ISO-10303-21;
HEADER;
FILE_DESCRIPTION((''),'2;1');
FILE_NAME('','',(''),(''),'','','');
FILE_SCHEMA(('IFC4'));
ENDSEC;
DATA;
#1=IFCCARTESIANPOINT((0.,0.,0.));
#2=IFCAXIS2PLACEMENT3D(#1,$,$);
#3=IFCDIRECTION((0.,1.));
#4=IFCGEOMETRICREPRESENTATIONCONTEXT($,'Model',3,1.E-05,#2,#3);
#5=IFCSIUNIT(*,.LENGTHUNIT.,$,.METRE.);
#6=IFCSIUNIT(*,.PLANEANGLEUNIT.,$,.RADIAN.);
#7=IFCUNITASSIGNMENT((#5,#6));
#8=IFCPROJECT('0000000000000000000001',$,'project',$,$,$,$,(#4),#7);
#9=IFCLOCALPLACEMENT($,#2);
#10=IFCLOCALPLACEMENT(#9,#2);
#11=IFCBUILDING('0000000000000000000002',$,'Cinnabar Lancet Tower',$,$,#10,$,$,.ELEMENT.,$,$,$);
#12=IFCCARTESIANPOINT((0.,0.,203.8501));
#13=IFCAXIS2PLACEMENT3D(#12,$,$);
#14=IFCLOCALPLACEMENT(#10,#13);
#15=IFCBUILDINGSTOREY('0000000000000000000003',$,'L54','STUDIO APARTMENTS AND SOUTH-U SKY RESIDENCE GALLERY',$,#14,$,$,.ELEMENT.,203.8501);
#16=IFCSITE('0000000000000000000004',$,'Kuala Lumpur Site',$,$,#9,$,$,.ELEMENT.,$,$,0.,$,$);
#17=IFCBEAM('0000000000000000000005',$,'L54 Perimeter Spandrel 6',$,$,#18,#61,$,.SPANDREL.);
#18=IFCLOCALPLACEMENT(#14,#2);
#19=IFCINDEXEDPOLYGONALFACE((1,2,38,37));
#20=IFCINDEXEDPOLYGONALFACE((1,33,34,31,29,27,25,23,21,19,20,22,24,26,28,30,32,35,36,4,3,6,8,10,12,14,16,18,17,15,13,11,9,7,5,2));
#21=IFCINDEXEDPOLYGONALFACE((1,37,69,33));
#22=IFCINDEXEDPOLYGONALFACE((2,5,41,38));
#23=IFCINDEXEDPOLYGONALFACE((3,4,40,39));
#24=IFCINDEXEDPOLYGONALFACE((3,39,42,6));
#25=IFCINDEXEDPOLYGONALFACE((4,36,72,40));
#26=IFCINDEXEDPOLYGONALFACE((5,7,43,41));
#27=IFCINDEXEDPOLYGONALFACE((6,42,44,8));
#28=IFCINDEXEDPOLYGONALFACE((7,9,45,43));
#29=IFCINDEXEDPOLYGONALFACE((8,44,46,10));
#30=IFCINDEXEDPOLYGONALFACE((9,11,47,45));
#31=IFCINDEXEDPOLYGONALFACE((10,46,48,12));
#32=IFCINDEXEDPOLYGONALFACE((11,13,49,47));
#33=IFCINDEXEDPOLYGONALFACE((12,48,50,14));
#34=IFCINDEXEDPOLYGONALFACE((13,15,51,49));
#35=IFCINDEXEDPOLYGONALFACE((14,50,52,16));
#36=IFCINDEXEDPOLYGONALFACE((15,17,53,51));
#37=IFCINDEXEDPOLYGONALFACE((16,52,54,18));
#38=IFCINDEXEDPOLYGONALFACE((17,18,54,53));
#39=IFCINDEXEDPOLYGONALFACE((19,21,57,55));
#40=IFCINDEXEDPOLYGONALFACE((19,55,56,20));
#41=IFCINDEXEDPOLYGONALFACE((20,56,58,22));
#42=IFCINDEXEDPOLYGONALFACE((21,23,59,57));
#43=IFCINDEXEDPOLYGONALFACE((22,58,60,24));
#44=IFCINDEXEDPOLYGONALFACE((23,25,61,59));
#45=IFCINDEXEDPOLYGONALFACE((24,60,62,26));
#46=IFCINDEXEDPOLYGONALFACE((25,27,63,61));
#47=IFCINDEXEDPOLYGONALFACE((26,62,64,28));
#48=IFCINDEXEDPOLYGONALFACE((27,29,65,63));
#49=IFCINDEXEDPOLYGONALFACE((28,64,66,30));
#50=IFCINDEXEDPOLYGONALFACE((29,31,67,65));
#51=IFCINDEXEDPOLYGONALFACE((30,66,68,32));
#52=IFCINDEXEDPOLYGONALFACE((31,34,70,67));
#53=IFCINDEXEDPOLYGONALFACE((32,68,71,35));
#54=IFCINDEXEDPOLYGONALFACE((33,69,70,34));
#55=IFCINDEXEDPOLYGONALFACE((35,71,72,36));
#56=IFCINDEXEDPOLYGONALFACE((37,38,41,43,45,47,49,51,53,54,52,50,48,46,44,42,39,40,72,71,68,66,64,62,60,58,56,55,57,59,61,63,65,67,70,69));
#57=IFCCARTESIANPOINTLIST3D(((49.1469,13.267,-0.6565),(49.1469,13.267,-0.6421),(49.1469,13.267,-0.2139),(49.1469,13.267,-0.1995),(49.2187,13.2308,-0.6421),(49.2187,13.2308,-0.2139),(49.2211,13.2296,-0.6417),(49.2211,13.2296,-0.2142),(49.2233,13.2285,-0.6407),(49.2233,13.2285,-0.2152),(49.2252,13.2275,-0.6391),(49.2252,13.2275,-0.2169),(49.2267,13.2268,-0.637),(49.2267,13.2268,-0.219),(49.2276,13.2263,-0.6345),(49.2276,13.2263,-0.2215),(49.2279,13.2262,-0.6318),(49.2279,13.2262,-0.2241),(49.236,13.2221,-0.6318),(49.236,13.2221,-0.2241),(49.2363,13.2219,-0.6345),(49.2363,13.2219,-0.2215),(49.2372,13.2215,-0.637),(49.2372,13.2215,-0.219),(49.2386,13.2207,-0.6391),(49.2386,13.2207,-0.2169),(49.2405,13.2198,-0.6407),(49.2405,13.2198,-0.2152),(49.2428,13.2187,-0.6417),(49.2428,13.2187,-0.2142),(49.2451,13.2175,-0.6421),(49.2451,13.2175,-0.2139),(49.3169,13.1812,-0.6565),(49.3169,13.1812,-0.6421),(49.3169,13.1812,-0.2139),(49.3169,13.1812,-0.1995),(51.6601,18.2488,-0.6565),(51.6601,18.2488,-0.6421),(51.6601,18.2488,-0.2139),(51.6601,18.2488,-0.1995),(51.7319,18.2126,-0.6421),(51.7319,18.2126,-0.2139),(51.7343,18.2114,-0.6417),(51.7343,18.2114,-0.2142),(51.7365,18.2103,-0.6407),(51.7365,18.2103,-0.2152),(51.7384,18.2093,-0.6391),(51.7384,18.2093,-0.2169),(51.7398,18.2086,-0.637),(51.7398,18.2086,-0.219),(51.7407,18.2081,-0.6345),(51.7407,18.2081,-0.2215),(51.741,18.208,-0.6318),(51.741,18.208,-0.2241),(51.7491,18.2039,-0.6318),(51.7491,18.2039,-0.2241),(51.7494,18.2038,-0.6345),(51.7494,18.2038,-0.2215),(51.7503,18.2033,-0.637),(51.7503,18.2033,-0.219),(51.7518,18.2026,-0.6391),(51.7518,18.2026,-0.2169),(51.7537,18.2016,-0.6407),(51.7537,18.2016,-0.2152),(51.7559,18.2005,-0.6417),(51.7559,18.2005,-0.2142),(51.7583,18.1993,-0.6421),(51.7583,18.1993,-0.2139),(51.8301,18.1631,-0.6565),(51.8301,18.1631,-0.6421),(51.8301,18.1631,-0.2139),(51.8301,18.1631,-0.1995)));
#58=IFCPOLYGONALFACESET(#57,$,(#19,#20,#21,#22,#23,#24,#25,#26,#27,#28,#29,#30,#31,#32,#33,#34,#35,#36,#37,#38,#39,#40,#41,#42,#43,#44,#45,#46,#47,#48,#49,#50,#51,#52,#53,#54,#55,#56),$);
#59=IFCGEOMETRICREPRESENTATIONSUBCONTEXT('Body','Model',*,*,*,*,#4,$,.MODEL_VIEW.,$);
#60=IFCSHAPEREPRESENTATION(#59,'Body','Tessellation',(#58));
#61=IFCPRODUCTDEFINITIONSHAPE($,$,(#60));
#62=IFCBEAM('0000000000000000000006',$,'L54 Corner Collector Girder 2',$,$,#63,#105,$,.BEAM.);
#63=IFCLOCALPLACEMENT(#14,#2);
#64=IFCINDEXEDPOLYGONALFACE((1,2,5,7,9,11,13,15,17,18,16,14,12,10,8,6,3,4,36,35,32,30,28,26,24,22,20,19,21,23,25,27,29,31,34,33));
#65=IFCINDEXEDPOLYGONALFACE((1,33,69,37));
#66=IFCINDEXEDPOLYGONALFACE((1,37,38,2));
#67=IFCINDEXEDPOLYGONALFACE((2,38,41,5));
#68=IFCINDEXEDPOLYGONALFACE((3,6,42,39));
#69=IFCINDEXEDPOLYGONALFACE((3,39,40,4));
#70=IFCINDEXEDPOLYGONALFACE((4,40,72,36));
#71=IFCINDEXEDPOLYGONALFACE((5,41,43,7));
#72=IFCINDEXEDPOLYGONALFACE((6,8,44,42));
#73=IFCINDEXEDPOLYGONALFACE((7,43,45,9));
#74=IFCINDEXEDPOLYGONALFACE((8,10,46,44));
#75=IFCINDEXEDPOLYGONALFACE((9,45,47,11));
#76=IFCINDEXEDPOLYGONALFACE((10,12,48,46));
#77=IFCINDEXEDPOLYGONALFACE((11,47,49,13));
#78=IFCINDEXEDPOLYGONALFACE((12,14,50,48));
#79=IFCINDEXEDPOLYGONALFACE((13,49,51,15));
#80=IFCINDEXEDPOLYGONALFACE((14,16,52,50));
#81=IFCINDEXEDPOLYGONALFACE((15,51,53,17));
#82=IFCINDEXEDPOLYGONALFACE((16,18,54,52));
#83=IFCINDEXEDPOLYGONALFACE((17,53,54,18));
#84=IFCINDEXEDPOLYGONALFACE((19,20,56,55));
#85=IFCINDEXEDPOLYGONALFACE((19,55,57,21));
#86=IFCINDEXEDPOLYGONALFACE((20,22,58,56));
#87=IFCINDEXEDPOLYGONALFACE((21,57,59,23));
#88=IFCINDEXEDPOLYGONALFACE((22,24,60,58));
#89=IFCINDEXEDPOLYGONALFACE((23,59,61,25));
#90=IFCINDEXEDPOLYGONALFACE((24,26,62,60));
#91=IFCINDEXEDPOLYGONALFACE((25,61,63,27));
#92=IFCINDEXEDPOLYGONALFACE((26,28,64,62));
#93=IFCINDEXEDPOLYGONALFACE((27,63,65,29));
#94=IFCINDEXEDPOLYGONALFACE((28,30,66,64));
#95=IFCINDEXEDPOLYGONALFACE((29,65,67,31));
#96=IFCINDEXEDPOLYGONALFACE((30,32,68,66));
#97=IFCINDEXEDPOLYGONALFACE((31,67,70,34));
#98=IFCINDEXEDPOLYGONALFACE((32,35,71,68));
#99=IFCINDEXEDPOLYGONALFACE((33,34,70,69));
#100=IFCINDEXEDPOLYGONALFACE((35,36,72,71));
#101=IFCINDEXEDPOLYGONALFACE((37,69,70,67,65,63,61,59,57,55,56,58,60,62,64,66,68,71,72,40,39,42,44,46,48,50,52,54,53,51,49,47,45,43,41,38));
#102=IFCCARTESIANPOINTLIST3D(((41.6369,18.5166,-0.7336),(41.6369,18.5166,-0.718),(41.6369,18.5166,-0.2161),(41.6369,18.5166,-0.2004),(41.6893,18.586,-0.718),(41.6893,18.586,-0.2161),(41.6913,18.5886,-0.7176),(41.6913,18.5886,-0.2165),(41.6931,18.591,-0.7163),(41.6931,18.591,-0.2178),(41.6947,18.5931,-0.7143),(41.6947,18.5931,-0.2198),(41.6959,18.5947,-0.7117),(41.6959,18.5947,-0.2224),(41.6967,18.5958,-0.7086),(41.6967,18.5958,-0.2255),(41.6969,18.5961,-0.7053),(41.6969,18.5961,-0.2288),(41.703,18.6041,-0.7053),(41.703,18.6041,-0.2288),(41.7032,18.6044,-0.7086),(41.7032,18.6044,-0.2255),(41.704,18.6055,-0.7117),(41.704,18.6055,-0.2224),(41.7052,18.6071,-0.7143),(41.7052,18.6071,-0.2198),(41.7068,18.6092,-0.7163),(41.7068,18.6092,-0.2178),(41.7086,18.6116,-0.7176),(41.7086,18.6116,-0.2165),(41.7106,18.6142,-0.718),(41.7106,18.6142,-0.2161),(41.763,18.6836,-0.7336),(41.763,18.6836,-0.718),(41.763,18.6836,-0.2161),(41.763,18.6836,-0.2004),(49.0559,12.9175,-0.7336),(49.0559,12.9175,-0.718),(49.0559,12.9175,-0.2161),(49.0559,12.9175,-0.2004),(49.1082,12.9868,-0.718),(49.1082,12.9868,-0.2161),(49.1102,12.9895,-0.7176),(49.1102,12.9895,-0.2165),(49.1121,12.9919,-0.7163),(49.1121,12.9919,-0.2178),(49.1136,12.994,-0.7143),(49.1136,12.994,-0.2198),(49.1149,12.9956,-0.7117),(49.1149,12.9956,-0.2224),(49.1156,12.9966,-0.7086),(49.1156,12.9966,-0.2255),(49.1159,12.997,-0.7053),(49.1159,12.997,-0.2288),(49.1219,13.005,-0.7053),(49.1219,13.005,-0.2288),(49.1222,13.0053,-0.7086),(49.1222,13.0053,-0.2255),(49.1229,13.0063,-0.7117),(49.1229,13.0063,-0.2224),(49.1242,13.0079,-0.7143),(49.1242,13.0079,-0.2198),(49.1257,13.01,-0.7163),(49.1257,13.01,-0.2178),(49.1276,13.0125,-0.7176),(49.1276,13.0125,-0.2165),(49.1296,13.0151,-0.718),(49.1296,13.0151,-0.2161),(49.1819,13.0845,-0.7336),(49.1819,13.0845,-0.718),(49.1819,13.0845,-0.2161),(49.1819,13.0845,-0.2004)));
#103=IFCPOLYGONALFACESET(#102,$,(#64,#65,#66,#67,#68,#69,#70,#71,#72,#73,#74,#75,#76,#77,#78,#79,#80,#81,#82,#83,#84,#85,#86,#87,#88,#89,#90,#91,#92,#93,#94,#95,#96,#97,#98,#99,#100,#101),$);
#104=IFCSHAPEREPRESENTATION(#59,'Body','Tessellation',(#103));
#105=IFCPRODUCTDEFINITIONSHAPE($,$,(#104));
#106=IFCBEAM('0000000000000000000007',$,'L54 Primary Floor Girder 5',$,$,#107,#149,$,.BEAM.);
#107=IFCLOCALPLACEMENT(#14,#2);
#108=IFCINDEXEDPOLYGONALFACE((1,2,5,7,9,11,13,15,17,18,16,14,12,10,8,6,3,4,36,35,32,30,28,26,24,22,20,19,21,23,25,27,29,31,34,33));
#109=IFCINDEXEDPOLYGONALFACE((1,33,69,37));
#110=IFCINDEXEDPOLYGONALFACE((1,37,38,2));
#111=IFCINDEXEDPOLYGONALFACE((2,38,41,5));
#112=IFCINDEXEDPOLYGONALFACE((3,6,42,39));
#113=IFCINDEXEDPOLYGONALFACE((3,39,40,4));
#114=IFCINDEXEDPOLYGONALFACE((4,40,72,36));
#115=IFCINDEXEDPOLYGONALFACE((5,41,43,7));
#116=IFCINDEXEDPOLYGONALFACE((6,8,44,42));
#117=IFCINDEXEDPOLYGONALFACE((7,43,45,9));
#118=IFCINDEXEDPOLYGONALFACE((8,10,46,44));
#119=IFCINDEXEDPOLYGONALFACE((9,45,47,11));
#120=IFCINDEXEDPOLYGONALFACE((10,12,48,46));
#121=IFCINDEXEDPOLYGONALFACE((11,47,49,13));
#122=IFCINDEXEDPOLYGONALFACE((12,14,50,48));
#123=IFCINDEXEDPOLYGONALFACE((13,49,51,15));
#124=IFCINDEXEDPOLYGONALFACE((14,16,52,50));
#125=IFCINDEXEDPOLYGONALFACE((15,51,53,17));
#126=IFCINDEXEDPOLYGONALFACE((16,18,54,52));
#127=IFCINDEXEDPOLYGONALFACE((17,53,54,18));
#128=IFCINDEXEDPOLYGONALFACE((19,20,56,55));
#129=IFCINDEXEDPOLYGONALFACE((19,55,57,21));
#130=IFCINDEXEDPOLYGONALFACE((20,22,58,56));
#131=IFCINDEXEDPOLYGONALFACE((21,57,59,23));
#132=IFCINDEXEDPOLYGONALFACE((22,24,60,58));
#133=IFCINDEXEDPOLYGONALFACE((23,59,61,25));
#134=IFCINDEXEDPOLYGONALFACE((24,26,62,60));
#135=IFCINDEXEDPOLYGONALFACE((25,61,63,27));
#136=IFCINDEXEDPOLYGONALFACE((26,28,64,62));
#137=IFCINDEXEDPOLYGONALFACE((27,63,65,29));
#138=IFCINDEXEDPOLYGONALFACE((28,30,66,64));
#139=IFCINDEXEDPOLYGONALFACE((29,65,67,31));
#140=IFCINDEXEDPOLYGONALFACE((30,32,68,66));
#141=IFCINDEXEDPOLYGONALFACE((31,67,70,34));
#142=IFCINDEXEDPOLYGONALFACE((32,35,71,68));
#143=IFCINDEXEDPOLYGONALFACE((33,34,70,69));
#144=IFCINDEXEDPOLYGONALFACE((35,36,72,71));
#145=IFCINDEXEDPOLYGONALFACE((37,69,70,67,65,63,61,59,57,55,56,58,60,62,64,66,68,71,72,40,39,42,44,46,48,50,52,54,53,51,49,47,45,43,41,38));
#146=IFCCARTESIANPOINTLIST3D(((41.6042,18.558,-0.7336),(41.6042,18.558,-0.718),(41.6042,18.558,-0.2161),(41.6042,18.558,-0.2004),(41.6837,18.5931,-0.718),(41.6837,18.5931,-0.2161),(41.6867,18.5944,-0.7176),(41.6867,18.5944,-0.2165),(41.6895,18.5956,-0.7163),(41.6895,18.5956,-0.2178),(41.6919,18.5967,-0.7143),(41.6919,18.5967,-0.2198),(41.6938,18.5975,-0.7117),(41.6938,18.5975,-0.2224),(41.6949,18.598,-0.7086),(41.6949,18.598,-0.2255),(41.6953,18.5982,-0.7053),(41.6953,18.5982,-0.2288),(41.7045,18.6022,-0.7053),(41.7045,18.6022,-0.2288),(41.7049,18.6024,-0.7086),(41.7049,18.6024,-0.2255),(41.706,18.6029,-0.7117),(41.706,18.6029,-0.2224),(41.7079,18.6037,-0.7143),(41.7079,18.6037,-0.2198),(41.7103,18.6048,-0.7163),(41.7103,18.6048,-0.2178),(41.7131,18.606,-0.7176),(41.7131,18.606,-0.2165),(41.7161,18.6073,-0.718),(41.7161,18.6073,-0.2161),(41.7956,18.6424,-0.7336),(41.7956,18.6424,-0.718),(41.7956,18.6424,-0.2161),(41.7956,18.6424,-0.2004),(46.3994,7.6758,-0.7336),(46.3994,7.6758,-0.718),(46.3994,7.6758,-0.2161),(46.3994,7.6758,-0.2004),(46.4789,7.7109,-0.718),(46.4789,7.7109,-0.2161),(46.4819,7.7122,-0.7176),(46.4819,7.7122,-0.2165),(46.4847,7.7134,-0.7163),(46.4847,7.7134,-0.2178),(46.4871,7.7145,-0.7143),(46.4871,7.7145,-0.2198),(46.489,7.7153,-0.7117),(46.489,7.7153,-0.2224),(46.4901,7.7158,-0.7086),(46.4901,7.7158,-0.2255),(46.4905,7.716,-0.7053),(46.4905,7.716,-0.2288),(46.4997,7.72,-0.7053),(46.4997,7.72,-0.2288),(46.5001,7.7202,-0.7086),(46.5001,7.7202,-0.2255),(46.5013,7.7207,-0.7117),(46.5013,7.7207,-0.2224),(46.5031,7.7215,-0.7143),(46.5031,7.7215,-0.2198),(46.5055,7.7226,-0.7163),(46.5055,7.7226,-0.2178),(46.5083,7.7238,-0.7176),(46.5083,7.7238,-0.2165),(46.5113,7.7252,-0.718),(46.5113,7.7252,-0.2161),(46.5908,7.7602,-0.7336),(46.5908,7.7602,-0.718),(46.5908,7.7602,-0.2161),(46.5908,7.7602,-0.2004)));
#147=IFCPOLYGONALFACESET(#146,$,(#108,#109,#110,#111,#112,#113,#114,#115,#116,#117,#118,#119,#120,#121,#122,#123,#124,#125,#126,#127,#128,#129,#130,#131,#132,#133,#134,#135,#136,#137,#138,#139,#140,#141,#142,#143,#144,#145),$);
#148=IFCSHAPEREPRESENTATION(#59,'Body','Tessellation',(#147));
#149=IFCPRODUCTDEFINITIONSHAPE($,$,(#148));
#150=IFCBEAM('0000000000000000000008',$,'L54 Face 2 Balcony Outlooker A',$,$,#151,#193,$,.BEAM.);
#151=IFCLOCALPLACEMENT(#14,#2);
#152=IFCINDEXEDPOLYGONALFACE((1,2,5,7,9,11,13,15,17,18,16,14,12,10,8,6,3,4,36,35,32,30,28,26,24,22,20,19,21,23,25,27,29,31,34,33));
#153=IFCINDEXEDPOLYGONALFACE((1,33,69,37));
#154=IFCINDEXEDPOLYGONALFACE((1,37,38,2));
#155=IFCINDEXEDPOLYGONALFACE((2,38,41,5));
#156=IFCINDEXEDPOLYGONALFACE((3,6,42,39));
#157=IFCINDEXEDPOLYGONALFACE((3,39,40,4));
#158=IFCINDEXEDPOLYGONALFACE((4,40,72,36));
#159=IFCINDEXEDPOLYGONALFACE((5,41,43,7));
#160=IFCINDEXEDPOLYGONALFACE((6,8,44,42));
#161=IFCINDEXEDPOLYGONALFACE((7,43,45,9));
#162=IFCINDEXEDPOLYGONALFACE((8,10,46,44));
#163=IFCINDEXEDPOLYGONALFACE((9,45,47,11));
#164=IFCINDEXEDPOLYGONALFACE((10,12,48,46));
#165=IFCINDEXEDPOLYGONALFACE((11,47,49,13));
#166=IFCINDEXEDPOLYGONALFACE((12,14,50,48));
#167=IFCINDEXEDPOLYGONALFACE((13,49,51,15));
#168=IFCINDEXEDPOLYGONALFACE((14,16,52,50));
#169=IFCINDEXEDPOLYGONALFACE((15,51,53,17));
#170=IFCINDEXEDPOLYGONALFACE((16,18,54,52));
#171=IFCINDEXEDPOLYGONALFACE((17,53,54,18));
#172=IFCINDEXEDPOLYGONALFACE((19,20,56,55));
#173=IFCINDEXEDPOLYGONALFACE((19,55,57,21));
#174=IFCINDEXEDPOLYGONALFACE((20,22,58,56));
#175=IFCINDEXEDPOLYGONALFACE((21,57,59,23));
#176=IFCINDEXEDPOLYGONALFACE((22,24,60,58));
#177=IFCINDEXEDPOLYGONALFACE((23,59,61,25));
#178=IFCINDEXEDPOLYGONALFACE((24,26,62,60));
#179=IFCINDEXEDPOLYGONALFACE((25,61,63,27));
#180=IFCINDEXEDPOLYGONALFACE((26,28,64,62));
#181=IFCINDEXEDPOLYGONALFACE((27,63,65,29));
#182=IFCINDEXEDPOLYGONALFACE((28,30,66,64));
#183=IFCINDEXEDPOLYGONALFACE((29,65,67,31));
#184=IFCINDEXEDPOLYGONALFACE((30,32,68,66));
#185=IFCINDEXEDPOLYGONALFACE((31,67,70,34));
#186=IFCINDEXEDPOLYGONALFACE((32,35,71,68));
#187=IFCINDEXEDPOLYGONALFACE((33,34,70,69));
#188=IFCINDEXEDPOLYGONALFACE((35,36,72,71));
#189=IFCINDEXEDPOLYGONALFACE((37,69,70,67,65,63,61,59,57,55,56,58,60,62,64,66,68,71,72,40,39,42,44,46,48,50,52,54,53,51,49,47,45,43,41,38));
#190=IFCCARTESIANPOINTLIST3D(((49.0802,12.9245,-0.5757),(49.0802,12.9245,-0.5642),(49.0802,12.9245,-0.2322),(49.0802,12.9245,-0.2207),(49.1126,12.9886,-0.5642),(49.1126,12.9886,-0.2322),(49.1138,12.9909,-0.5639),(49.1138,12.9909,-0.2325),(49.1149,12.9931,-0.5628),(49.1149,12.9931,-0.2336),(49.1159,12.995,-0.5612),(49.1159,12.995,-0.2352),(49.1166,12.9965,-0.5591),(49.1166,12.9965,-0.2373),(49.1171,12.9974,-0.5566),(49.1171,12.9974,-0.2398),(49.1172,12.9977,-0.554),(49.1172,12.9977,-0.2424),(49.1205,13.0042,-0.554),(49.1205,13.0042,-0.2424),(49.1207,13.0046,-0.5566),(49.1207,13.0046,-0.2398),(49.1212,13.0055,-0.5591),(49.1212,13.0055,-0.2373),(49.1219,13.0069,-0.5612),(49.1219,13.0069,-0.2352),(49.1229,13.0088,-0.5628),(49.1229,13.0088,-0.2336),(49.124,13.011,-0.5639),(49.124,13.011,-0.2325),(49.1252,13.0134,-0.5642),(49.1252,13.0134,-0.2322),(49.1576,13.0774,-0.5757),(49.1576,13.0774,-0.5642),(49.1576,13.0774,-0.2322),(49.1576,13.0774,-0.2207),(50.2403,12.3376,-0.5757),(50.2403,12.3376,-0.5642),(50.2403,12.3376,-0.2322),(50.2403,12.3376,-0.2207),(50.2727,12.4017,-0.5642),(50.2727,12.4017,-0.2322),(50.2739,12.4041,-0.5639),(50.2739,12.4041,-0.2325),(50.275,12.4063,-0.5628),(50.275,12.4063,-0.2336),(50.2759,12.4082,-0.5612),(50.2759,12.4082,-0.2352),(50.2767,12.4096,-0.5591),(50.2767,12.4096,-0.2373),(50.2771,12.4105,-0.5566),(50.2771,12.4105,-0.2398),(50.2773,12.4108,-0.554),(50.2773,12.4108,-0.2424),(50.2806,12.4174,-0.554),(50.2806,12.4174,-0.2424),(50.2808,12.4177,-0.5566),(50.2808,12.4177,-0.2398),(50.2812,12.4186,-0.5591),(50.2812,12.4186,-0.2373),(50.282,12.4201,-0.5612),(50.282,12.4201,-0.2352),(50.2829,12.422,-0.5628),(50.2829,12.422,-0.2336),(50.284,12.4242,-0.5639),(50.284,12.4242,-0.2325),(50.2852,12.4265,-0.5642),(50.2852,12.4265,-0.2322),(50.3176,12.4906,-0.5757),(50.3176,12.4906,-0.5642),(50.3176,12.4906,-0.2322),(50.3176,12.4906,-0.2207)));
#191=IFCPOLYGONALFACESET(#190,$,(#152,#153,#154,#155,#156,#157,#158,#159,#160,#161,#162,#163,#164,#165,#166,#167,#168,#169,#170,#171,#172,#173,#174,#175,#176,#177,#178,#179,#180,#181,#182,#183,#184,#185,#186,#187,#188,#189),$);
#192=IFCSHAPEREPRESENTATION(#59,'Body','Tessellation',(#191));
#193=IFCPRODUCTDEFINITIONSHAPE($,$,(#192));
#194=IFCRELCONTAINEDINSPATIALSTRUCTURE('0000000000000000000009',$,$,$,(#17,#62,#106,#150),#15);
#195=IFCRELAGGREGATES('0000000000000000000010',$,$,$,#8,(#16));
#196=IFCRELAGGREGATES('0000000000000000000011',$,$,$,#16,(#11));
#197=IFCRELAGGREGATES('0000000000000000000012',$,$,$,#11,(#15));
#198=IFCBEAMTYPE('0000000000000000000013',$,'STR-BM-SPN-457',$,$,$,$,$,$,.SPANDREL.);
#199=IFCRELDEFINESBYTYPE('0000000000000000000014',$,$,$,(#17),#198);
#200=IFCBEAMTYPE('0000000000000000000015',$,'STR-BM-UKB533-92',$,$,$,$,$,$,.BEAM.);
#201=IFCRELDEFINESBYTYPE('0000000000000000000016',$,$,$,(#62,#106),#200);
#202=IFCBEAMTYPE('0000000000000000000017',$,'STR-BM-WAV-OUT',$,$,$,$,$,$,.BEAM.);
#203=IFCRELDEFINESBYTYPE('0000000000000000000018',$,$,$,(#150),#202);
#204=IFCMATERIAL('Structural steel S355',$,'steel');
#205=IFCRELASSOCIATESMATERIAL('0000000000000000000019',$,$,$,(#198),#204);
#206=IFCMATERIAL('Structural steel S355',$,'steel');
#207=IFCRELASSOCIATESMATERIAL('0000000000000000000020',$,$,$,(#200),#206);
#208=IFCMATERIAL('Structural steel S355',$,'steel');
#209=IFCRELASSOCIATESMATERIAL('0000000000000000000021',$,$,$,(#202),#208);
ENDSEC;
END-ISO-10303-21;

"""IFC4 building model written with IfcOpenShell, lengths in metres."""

from ifc_helpers import new_model, si_unit, direction, frame, origin, origin_2d, place, context, subcontext, project, spatial, i_section, extrude, material, material_profile, profile_set, type_object, element, save


model = new_model("IFC4")

# Units and contexts
model_context = context("Model", 3, precision=1e-05, world=origin(), true_north=direction((0.0, 1.0)))
body_context = subcontext(model_context, "Body", "Model", "MODEL_VIEW")
ifc_project = project(units=[si_unit("LENGTHUNIT", "METRE"), si_unit("PLANEANGLEUNIT", "RADIAN")], contexts=[model_context])

# Site, building, storey
site_placement = place(None, origin())
site = spatial("IfcSite", under=ifc_project, at=site_placement, Name="Kuala Lumpur Site", CompositionType="ELEMENT", RefElevation=0.0)
building_placement = place(site_placement, origin())
building = spatial("IfcBuilding", under=site, at=building_placement, Name="Cinnabar Lancet Tower", CompositionType="ELEMENT")
storey_placement = place(building_placement, frame((0.0, 0.0, 203.8501)))
storey = spatial("IfcBuildingStorey", under=building, at=storey_placement, Name="L54", Description="STUDIO APARTMENTS AND SOUTH-U SKY RESIDENCE GALLERY", CompositionType="ELEMENT", Elevation=203.8501)

# Beams
ifc_material_1 = material(Name="Structural steel S355", Category="steel")
ifc_material_profile_1 = material_profile(ifc_material_1, i_section(OverallWidth=0.1904, OverallDepth=0.457, WebThickness=0.009, FlangeThickness=0.0144, FilletRadius=0.0103, at=origin_2d()), Name="UKB 457x191x74")
ifc_profile_set_1 = profile_set([ifc_material_profile_1], Name="Structural steel S355")
beam_type_1 = type_object("IfcBeamType", Name="STR-BM-SPN-457", PredefinedType="SPANDREL", material=ifc_profile_set_1)
beam_1_placement = place(storey_placement, frame((49.2319, 13.2241, -0.428), z_axis=(0.450396, 0.892829, 0.0), x_axis=(-0.892829, 0.450396, 0.0)))
element("IfcBeam", 1, at=beam_1_placement, inside=storey, type_object=beam_type_1, Name="L54 Perimeter Spandrel 6", PredefinedType="SPANDREL", context=body_context, shape_type="SweptSolid", body=[
    extrude(i_section(OverallWidth=0.1904, OverallDepth=0.457, WebThickness=0.009, FlangeThickness=0.0144, FilletRadius=0.0103, at=origin_2d()), origin(), (0.0, 0.0, 1.0), 5.5798),
])
ifc_material_2 = material(Name="Structural steel S355", Category="steel")
ifc_material_profile_2 = material_profile(ifc_material_2, i_section(OverallWidth=0.2092, OverallDepth=0.5332, WebThickness=0.01, FlangeThickness=0.0156, FilletRadius=0.0127, at=origin_2d()), Name="UKB 533x210x92")
ifc_profile_set_2 = profile_set([ifc_material_profile_2], Name="Structural steel S355")
beam_type_2 = type_object("IfcBeamType", Name="STR-BM-UKB533-92", PredefinedType="BEAM", material=ifc_profile_set_2)
beam_2_placement = place(storey_placement, frame((49.1189, 13.001, -0.467), z_axis=(-0.798193, 0.602401, 0.0), x_axis=(-0.602401, -0.798193, 0.0)))
element("IfcBeam", 2, at=beam_2_placement, inside=storey, type_object=beam_type_2, Name="L54 Corner Collector Girder 2", PredefinedType="BEAM", context=body_context, shape_type="SweptSolid", body=[
    extrude(i_section(OverallWidth=0.2092, OverallDepth=0.5332, WebThickness=0.01, FlangeThickness=0.0156, FilletRadius=0.0127, at=origin_2d()), origin(), (0.0, 0.0, 1.0), 9.2947),
])
beam_3_placement = place(storey_placement, frame((46.4951, 7.718, -0.467), z_axis=(-0.403235, 0.915096, 0.0), x_axis=(-0.915096, -0.403235, 0.0)))
element("IfcBeam", 3, at=beam_3_placement, inside=storey, type_object=beam_type_2, Name="L54 Primary Floor Girder 5", PredefinedType="BEAM", context=body_context, shape_type="SweptSolid", body=[
    extrude(i_section(OverallWidth=0.2092, OverallDepth=0.5332, WebThickness=0.01, FlangeThickness=0.0156, FilletRadius=0.0127, at=origin_2d()), origin(), (0.0, 0.0, 1.0), 11.8918),
])
ifc_material_3 = material(Name="Structural steel S355", Category="steel")
ifc_material_profile_3 = material_profile(ifc_material_3, i_section(OverallWidth=0.1714, OverallDepth=0.355, WebThickness=0.0073, FlangeThickness=0.0115, FilletRadius=0.0103, at=origin_2d()), Name="UKB 356x171x51")
ifc_profile_set_3 = profile_set([ifc_material_profile_3], Name="Structural steel S355")
beam_type_3 = type_object("IfcBeamType", Name="STR-BM-WAV-OUT", PredefinedType="BEAM", material=ifc_profile_set_3)
beam_4_placement = place(storey_placement, frame((49.1189, 13.001, -0.3982), z_axis=(0.892314, -0.451415, 0.0), x_axis=(0.451415, 0.892314, 0.0)))
element("IfcBeam", 4, at=beam_4_placement, inside=storey, type_object=beam_type_3, Name="L54 Face 2 Balcony Outlooker A", PredefinedType="BEAM", context=body_context, shape_type="SweptSolid", body=[
    extrude(i_section(OverallWidth=0.1714, OverallDepth=0.355, WebThickness=0.0073, FlangeThickness=0.0115, FilletRadius=0.0103, at=origin_2d()), origin(), (0.0, 0.0, 1.0), 1.3),
])

save(model, "model.ifc")
